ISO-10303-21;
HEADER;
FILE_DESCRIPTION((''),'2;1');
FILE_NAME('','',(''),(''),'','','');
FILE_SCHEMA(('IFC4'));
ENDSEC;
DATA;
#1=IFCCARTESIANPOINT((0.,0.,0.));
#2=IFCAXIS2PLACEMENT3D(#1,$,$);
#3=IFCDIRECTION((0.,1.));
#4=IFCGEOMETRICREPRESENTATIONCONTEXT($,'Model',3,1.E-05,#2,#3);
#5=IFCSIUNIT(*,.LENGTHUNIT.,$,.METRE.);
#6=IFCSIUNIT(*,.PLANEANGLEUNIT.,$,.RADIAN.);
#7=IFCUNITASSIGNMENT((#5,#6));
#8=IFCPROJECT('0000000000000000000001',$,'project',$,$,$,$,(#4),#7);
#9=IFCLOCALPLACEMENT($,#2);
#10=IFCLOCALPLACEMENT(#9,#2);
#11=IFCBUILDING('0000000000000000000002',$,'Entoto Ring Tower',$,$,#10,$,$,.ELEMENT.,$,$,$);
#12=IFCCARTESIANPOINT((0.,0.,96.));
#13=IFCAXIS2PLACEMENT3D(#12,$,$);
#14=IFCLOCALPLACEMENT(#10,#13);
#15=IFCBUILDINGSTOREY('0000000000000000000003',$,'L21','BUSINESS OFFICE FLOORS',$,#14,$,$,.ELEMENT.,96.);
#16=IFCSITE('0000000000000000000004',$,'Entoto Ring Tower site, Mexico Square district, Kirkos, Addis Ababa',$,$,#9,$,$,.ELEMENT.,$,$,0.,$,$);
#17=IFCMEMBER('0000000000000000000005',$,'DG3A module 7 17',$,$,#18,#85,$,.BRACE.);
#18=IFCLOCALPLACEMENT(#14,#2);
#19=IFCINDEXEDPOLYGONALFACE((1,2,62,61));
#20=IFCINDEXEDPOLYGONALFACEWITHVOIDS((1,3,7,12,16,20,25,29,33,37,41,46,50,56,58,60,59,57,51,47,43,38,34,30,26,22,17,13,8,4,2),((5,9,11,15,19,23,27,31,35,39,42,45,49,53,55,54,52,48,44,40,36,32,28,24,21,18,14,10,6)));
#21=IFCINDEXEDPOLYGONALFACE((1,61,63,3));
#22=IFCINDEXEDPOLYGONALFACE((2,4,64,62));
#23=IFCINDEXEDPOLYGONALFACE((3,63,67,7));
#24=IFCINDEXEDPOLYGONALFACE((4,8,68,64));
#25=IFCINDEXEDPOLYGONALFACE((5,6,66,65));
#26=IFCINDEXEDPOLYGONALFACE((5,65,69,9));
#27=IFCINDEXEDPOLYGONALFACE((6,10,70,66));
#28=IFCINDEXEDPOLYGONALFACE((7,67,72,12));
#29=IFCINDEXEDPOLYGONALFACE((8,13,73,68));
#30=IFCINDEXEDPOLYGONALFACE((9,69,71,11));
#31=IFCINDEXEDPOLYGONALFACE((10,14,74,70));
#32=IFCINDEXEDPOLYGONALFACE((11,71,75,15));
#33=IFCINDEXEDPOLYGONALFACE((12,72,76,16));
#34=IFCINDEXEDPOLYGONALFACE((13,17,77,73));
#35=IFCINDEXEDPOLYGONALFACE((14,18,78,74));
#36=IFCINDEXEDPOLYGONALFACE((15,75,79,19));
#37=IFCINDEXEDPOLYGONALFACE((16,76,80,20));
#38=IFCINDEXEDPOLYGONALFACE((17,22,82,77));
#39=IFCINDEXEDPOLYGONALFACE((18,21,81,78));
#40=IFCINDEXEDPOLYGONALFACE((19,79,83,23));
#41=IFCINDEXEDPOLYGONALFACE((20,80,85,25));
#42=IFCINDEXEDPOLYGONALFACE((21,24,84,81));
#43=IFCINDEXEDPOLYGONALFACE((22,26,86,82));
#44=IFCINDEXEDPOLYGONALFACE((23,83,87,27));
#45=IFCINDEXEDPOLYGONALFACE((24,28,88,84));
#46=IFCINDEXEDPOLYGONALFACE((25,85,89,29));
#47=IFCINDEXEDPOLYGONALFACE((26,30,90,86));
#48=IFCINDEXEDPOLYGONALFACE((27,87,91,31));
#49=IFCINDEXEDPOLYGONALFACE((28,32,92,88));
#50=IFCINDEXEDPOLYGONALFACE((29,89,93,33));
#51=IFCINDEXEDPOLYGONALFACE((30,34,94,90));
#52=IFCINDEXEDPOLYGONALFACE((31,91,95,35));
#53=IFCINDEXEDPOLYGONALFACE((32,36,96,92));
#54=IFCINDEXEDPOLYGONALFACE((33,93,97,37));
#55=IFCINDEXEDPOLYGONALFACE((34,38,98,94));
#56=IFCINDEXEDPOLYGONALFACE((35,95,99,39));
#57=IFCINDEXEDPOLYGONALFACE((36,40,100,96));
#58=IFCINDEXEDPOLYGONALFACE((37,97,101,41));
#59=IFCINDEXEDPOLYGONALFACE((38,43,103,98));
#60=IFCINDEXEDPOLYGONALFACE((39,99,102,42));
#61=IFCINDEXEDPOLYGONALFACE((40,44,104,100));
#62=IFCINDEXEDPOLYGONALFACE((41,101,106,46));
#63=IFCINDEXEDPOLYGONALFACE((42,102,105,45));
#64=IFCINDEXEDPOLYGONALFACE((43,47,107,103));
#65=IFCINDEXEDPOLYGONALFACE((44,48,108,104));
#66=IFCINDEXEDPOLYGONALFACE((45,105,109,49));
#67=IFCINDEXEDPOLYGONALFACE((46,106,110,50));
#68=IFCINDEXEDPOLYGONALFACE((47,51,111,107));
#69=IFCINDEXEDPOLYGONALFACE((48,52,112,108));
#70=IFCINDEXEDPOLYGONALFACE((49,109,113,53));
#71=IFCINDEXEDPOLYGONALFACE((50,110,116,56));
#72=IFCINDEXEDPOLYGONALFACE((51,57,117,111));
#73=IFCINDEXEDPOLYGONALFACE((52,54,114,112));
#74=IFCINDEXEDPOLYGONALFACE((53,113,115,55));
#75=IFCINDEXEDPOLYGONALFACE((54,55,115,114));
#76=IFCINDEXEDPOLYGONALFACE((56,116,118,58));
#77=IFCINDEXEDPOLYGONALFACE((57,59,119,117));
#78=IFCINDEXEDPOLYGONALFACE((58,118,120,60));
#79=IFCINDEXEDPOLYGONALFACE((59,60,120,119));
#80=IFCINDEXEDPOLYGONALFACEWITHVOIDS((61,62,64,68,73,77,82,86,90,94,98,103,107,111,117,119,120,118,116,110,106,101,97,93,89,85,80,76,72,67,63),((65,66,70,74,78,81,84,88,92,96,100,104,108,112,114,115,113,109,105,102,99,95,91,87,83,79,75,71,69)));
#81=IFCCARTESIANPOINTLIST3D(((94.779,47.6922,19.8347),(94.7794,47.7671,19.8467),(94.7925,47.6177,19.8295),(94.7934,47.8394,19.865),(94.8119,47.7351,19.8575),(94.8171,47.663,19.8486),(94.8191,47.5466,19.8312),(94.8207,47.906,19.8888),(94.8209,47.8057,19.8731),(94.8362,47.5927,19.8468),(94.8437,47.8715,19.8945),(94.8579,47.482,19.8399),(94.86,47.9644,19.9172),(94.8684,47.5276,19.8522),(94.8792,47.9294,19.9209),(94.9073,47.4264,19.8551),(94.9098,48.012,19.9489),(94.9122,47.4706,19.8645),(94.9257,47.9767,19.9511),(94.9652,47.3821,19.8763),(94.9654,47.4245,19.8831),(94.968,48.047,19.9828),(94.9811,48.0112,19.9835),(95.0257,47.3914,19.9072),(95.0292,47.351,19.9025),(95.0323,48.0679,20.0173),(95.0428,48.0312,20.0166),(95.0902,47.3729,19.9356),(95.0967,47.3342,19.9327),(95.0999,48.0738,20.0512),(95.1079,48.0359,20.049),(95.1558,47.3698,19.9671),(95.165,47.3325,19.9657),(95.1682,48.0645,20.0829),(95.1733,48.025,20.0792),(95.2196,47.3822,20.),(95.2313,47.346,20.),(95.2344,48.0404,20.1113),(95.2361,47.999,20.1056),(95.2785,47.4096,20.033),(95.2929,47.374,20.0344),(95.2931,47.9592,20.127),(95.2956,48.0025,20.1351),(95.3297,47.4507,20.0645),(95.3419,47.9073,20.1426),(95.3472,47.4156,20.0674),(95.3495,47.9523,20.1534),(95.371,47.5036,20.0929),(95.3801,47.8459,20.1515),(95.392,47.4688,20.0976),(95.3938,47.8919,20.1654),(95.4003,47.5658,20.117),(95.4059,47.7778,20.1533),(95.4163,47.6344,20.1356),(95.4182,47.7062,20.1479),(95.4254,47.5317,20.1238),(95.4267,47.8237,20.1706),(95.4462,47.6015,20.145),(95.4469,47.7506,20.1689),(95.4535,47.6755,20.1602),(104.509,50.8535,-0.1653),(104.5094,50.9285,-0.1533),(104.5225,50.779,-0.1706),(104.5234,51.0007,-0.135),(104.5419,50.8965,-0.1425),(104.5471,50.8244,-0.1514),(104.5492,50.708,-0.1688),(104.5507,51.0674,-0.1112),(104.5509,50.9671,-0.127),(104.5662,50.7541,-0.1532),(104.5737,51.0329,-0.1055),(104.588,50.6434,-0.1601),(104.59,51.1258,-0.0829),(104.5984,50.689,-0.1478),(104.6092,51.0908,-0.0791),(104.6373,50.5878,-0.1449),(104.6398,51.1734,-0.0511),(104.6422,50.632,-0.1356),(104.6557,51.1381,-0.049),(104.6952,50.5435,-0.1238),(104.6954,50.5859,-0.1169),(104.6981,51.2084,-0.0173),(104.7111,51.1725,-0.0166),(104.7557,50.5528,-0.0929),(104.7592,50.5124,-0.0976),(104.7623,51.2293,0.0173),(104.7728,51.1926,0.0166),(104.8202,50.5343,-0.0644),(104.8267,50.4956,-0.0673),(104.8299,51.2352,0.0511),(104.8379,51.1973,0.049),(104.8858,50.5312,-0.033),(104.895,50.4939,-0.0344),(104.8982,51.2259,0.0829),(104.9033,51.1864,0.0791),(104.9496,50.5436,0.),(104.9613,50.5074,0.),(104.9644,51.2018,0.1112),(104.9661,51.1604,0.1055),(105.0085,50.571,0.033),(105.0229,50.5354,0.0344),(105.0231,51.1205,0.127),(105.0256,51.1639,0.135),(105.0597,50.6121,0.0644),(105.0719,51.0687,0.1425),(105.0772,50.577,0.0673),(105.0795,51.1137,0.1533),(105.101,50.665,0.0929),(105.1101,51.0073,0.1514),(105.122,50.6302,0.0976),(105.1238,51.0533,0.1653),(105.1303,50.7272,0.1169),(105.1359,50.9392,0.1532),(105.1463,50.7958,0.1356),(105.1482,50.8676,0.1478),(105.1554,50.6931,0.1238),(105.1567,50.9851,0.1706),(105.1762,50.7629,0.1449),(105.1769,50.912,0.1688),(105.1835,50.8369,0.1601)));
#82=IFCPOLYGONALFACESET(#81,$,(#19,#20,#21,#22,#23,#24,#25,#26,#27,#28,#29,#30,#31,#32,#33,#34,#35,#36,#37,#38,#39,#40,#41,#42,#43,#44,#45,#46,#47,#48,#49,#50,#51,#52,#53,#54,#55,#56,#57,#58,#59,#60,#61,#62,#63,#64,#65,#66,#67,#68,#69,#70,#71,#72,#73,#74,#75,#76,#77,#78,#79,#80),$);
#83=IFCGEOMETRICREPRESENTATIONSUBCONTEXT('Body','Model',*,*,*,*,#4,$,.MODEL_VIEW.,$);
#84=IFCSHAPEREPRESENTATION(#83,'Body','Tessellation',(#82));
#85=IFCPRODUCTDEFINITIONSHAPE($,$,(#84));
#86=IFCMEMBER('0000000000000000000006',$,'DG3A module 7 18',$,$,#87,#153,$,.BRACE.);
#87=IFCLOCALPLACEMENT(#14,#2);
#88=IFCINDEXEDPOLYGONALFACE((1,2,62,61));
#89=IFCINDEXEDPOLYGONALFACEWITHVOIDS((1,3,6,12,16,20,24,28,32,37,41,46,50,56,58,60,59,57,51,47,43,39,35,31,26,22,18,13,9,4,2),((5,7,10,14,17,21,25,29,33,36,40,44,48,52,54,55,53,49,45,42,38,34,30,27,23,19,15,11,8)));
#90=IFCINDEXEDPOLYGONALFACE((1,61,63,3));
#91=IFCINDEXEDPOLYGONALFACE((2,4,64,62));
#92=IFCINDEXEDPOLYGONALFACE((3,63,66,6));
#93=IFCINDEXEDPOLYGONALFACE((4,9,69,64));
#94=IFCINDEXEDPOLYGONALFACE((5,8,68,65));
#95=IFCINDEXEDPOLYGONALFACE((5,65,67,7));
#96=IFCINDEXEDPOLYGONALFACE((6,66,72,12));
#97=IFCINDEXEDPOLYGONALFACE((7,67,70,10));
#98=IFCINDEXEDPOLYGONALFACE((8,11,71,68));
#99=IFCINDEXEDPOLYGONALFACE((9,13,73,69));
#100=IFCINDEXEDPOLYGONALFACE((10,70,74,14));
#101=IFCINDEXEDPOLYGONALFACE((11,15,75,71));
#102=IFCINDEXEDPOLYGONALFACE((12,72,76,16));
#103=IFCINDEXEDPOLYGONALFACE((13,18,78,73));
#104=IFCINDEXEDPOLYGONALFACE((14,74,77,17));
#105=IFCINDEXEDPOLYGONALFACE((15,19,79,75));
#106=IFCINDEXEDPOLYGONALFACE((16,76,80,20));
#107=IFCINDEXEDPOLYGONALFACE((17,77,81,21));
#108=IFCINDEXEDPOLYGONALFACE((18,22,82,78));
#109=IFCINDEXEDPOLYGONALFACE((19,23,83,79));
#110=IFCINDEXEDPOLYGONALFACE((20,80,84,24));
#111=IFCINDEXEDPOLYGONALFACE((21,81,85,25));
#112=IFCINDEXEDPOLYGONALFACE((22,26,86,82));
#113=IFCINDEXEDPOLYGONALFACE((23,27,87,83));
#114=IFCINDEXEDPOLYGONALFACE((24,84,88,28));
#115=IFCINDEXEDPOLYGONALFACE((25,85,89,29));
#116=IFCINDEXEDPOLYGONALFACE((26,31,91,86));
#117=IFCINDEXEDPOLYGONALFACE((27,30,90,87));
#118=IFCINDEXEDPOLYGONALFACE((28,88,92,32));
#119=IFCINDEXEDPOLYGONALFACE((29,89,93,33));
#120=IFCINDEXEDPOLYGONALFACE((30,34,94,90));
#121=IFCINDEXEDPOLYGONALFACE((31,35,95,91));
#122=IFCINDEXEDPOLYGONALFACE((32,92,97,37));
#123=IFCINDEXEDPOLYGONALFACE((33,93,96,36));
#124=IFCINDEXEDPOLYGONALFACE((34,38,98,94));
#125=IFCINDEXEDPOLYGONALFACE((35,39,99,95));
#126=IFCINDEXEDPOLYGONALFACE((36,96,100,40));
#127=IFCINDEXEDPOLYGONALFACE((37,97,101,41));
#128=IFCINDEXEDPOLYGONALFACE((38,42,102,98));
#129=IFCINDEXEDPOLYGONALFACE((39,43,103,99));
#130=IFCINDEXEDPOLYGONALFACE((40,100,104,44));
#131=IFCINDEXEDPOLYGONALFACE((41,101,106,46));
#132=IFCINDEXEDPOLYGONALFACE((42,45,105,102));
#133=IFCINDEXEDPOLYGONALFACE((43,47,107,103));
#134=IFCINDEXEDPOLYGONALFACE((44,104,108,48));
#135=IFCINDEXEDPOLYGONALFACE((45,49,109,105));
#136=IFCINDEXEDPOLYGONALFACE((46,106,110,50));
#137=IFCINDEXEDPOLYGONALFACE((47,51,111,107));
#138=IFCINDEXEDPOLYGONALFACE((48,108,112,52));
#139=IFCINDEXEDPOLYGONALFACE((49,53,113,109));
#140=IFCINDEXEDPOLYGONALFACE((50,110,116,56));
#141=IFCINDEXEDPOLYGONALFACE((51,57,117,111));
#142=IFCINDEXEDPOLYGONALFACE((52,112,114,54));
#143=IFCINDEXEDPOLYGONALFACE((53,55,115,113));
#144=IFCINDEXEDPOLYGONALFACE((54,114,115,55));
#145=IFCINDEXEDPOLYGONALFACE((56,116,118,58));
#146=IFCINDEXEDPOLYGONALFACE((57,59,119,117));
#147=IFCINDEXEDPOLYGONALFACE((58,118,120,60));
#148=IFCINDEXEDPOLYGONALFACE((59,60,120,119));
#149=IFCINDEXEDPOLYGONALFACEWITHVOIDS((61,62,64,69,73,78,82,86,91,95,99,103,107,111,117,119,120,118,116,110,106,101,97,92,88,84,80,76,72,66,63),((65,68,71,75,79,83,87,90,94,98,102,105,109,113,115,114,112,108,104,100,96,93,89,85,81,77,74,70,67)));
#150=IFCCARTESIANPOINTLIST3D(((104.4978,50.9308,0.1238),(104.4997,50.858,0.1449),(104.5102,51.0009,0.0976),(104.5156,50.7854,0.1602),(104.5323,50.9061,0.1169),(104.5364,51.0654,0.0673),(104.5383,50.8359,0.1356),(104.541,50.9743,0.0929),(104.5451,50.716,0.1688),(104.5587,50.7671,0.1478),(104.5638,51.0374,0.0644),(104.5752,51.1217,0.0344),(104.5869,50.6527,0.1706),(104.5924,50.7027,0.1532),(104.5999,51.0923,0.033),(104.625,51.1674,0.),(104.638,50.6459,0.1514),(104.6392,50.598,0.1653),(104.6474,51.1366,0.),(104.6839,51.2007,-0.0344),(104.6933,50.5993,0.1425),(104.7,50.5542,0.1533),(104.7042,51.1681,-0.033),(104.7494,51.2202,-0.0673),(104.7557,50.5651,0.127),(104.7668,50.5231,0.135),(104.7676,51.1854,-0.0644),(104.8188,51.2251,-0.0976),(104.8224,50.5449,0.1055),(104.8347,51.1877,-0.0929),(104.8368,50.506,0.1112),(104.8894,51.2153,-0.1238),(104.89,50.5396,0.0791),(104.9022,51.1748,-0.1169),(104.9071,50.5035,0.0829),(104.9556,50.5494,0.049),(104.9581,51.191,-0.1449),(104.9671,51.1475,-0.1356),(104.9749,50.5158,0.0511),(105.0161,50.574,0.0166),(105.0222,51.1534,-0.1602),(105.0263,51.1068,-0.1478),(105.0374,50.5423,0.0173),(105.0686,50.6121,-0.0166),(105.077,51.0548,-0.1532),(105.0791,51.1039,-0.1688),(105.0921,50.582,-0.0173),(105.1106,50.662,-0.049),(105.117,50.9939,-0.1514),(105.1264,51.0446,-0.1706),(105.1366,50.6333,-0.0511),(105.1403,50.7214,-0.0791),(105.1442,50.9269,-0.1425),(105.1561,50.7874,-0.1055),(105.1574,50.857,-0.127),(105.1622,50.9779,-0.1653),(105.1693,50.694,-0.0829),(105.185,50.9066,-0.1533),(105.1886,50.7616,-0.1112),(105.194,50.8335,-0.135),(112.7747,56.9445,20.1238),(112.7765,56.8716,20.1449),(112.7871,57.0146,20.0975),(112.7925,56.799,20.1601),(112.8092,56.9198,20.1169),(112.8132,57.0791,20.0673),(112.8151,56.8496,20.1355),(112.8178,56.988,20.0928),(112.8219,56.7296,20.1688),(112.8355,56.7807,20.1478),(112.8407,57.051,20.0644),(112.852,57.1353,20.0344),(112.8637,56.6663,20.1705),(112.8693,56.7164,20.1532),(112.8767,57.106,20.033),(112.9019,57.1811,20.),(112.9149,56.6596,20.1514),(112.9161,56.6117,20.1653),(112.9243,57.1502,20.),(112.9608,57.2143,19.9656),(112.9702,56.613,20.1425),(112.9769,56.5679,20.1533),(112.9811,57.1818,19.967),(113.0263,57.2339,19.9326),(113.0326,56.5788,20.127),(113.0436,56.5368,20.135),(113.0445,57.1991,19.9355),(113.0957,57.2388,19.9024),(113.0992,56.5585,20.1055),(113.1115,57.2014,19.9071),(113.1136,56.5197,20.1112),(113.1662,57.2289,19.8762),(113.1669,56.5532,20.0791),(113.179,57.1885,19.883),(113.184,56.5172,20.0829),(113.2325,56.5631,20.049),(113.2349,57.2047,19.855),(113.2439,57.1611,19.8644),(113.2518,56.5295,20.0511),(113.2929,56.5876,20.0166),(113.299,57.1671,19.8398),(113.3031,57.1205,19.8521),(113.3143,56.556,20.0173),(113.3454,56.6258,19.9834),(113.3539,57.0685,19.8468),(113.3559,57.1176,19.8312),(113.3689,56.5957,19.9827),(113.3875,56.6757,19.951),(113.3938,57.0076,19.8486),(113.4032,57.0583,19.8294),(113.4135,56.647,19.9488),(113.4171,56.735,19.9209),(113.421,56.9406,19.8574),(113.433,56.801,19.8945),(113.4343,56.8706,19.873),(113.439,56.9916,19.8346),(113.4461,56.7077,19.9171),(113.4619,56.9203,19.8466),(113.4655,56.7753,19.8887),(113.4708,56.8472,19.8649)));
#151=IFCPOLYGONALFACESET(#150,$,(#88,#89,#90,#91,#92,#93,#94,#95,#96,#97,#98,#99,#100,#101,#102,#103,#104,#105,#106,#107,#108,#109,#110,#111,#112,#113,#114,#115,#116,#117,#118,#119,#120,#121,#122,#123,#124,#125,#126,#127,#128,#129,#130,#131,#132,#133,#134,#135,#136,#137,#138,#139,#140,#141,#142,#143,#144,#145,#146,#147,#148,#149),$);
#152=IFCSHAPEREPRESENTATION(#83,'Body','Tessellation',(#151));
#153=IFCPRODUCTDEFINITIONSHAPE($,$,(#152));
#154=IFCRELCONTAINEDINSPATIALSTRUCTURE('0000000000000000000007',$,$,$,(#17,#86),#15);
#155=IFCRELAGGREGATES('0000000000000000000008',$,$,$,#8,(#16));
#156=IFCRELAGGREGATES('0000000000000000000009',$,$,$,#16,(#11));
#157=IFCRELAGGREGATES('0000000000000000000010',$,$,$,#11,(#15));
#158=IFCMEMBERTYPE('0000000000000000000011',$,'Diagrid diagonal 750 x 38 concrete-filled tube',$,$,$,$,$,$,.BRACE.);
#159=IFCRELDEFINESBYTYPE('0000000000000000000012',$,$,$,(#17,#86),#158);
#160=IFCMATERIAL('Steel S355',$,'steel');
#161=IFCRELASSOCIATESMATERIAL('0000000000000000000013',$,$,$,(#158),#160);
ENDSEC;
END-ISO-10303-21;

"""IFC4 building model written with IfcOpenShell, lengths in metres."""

from ifc_helpers import new_model, si_unit, direction, frame, origin, origin_2d, place, context, subcontext, project, spatial, circle, hollow_circle, extrude, material, material_profile, profile_set, type_object, element, save


model = new_model("IFC4")

# Units and contexts
model_context = context("Model", 3, precision=1e-05, world=origin(), true_north=direction((0.0, 1.0)))
body_context = subcontext(model_context, "Body", "Model", "MODEL_VIEW")
ifc_project = project(units=[si_unit("LENGTHUNIT", "METRE"), si_unit("PLANEANGLEUNIT", "RADIAN")], contexts=[model_context])

# Site, building, storey
site_placement = place(None, origin())
site = spatial("IfcSite", under=ifc_project, at=site_placement, Name="Entoto Ring Tower site, Mexico Square district, Kirkos, Addis Ababa", CompositionType="ELEMENT", RefElevation=0.0)
building_placement = place(site_placement, origin())
building = spatial("IfcBuilding", under=site, at=building_placement, Name="Entoto Ring Tower", CompositionType="ELEMENT")
storey_placement = place(building_placement, frame((0.0, 0.0, 96.0)))
storey = spatial("IfcBuildingStorey", under=building, at=storey_placement, Name="L21", Description="BUSINESS OFFICE FLOORS", CompositionType="ELEMENT", Elevation=96.0)

# Members
ifc_material_1 = material(Name="Steel S355", Category="steel")
ifc_material_profile_1 = material_profile(ifc_material_1, hollow_circle(Radius=0.375, WallThickness=0.0381, at=origin_2d()), Name="CHS 750 x 38")
ifc_material_2 = material(Name="Concrete C60/75", Category="concrete")
ifc_material_profile_2 = material_profile(ifc_material_2, circle(Radius=0.3369, at=origin_2d()), Name="Concrete C60/75 infill")
ifc_profile_set_1 = profile_set([ifc_material_profile_1, ifc_material_profile_2], Name="Steel S355")
member_type_1 = type_object("IfcMemberType", Name="Diagrid diagonal 750 x 38 concrete-filled tube", PredefinedType="BRACE", material=ifc_profile_set_1)
for number, where, z_axis, x_axis, name in (
    (1, (104.8455, 50.864, 0.0), (-0.433121, -0.140726, 0.890282), (0.309009, -0.951059, 0.0), "DG3A module 7 17"),
    (2, (104.8455, 50.864, 0.0), (0.368435, 0.267692, 0.890279), (-0.587797, 0.809008, 0.0), "DG3A module 7 18"),
):
    element("IfcMember", number, at=place(storey_placement, frame(where, z_axis=z_axis, x_axis=x_axis)), inside=storey, type_object=member_type_1, Name=name, PredefinedType="BRACE", context=body_context, shape_type="SweptSolid", body=[
        extrude(hollow_circle(Radius=0.375, WallThickness=0.0381, at=origin_2d()), origin(), (0.0, 0.0, 1.0), 22.4648),
    ])

save(model, "model.ifc")
